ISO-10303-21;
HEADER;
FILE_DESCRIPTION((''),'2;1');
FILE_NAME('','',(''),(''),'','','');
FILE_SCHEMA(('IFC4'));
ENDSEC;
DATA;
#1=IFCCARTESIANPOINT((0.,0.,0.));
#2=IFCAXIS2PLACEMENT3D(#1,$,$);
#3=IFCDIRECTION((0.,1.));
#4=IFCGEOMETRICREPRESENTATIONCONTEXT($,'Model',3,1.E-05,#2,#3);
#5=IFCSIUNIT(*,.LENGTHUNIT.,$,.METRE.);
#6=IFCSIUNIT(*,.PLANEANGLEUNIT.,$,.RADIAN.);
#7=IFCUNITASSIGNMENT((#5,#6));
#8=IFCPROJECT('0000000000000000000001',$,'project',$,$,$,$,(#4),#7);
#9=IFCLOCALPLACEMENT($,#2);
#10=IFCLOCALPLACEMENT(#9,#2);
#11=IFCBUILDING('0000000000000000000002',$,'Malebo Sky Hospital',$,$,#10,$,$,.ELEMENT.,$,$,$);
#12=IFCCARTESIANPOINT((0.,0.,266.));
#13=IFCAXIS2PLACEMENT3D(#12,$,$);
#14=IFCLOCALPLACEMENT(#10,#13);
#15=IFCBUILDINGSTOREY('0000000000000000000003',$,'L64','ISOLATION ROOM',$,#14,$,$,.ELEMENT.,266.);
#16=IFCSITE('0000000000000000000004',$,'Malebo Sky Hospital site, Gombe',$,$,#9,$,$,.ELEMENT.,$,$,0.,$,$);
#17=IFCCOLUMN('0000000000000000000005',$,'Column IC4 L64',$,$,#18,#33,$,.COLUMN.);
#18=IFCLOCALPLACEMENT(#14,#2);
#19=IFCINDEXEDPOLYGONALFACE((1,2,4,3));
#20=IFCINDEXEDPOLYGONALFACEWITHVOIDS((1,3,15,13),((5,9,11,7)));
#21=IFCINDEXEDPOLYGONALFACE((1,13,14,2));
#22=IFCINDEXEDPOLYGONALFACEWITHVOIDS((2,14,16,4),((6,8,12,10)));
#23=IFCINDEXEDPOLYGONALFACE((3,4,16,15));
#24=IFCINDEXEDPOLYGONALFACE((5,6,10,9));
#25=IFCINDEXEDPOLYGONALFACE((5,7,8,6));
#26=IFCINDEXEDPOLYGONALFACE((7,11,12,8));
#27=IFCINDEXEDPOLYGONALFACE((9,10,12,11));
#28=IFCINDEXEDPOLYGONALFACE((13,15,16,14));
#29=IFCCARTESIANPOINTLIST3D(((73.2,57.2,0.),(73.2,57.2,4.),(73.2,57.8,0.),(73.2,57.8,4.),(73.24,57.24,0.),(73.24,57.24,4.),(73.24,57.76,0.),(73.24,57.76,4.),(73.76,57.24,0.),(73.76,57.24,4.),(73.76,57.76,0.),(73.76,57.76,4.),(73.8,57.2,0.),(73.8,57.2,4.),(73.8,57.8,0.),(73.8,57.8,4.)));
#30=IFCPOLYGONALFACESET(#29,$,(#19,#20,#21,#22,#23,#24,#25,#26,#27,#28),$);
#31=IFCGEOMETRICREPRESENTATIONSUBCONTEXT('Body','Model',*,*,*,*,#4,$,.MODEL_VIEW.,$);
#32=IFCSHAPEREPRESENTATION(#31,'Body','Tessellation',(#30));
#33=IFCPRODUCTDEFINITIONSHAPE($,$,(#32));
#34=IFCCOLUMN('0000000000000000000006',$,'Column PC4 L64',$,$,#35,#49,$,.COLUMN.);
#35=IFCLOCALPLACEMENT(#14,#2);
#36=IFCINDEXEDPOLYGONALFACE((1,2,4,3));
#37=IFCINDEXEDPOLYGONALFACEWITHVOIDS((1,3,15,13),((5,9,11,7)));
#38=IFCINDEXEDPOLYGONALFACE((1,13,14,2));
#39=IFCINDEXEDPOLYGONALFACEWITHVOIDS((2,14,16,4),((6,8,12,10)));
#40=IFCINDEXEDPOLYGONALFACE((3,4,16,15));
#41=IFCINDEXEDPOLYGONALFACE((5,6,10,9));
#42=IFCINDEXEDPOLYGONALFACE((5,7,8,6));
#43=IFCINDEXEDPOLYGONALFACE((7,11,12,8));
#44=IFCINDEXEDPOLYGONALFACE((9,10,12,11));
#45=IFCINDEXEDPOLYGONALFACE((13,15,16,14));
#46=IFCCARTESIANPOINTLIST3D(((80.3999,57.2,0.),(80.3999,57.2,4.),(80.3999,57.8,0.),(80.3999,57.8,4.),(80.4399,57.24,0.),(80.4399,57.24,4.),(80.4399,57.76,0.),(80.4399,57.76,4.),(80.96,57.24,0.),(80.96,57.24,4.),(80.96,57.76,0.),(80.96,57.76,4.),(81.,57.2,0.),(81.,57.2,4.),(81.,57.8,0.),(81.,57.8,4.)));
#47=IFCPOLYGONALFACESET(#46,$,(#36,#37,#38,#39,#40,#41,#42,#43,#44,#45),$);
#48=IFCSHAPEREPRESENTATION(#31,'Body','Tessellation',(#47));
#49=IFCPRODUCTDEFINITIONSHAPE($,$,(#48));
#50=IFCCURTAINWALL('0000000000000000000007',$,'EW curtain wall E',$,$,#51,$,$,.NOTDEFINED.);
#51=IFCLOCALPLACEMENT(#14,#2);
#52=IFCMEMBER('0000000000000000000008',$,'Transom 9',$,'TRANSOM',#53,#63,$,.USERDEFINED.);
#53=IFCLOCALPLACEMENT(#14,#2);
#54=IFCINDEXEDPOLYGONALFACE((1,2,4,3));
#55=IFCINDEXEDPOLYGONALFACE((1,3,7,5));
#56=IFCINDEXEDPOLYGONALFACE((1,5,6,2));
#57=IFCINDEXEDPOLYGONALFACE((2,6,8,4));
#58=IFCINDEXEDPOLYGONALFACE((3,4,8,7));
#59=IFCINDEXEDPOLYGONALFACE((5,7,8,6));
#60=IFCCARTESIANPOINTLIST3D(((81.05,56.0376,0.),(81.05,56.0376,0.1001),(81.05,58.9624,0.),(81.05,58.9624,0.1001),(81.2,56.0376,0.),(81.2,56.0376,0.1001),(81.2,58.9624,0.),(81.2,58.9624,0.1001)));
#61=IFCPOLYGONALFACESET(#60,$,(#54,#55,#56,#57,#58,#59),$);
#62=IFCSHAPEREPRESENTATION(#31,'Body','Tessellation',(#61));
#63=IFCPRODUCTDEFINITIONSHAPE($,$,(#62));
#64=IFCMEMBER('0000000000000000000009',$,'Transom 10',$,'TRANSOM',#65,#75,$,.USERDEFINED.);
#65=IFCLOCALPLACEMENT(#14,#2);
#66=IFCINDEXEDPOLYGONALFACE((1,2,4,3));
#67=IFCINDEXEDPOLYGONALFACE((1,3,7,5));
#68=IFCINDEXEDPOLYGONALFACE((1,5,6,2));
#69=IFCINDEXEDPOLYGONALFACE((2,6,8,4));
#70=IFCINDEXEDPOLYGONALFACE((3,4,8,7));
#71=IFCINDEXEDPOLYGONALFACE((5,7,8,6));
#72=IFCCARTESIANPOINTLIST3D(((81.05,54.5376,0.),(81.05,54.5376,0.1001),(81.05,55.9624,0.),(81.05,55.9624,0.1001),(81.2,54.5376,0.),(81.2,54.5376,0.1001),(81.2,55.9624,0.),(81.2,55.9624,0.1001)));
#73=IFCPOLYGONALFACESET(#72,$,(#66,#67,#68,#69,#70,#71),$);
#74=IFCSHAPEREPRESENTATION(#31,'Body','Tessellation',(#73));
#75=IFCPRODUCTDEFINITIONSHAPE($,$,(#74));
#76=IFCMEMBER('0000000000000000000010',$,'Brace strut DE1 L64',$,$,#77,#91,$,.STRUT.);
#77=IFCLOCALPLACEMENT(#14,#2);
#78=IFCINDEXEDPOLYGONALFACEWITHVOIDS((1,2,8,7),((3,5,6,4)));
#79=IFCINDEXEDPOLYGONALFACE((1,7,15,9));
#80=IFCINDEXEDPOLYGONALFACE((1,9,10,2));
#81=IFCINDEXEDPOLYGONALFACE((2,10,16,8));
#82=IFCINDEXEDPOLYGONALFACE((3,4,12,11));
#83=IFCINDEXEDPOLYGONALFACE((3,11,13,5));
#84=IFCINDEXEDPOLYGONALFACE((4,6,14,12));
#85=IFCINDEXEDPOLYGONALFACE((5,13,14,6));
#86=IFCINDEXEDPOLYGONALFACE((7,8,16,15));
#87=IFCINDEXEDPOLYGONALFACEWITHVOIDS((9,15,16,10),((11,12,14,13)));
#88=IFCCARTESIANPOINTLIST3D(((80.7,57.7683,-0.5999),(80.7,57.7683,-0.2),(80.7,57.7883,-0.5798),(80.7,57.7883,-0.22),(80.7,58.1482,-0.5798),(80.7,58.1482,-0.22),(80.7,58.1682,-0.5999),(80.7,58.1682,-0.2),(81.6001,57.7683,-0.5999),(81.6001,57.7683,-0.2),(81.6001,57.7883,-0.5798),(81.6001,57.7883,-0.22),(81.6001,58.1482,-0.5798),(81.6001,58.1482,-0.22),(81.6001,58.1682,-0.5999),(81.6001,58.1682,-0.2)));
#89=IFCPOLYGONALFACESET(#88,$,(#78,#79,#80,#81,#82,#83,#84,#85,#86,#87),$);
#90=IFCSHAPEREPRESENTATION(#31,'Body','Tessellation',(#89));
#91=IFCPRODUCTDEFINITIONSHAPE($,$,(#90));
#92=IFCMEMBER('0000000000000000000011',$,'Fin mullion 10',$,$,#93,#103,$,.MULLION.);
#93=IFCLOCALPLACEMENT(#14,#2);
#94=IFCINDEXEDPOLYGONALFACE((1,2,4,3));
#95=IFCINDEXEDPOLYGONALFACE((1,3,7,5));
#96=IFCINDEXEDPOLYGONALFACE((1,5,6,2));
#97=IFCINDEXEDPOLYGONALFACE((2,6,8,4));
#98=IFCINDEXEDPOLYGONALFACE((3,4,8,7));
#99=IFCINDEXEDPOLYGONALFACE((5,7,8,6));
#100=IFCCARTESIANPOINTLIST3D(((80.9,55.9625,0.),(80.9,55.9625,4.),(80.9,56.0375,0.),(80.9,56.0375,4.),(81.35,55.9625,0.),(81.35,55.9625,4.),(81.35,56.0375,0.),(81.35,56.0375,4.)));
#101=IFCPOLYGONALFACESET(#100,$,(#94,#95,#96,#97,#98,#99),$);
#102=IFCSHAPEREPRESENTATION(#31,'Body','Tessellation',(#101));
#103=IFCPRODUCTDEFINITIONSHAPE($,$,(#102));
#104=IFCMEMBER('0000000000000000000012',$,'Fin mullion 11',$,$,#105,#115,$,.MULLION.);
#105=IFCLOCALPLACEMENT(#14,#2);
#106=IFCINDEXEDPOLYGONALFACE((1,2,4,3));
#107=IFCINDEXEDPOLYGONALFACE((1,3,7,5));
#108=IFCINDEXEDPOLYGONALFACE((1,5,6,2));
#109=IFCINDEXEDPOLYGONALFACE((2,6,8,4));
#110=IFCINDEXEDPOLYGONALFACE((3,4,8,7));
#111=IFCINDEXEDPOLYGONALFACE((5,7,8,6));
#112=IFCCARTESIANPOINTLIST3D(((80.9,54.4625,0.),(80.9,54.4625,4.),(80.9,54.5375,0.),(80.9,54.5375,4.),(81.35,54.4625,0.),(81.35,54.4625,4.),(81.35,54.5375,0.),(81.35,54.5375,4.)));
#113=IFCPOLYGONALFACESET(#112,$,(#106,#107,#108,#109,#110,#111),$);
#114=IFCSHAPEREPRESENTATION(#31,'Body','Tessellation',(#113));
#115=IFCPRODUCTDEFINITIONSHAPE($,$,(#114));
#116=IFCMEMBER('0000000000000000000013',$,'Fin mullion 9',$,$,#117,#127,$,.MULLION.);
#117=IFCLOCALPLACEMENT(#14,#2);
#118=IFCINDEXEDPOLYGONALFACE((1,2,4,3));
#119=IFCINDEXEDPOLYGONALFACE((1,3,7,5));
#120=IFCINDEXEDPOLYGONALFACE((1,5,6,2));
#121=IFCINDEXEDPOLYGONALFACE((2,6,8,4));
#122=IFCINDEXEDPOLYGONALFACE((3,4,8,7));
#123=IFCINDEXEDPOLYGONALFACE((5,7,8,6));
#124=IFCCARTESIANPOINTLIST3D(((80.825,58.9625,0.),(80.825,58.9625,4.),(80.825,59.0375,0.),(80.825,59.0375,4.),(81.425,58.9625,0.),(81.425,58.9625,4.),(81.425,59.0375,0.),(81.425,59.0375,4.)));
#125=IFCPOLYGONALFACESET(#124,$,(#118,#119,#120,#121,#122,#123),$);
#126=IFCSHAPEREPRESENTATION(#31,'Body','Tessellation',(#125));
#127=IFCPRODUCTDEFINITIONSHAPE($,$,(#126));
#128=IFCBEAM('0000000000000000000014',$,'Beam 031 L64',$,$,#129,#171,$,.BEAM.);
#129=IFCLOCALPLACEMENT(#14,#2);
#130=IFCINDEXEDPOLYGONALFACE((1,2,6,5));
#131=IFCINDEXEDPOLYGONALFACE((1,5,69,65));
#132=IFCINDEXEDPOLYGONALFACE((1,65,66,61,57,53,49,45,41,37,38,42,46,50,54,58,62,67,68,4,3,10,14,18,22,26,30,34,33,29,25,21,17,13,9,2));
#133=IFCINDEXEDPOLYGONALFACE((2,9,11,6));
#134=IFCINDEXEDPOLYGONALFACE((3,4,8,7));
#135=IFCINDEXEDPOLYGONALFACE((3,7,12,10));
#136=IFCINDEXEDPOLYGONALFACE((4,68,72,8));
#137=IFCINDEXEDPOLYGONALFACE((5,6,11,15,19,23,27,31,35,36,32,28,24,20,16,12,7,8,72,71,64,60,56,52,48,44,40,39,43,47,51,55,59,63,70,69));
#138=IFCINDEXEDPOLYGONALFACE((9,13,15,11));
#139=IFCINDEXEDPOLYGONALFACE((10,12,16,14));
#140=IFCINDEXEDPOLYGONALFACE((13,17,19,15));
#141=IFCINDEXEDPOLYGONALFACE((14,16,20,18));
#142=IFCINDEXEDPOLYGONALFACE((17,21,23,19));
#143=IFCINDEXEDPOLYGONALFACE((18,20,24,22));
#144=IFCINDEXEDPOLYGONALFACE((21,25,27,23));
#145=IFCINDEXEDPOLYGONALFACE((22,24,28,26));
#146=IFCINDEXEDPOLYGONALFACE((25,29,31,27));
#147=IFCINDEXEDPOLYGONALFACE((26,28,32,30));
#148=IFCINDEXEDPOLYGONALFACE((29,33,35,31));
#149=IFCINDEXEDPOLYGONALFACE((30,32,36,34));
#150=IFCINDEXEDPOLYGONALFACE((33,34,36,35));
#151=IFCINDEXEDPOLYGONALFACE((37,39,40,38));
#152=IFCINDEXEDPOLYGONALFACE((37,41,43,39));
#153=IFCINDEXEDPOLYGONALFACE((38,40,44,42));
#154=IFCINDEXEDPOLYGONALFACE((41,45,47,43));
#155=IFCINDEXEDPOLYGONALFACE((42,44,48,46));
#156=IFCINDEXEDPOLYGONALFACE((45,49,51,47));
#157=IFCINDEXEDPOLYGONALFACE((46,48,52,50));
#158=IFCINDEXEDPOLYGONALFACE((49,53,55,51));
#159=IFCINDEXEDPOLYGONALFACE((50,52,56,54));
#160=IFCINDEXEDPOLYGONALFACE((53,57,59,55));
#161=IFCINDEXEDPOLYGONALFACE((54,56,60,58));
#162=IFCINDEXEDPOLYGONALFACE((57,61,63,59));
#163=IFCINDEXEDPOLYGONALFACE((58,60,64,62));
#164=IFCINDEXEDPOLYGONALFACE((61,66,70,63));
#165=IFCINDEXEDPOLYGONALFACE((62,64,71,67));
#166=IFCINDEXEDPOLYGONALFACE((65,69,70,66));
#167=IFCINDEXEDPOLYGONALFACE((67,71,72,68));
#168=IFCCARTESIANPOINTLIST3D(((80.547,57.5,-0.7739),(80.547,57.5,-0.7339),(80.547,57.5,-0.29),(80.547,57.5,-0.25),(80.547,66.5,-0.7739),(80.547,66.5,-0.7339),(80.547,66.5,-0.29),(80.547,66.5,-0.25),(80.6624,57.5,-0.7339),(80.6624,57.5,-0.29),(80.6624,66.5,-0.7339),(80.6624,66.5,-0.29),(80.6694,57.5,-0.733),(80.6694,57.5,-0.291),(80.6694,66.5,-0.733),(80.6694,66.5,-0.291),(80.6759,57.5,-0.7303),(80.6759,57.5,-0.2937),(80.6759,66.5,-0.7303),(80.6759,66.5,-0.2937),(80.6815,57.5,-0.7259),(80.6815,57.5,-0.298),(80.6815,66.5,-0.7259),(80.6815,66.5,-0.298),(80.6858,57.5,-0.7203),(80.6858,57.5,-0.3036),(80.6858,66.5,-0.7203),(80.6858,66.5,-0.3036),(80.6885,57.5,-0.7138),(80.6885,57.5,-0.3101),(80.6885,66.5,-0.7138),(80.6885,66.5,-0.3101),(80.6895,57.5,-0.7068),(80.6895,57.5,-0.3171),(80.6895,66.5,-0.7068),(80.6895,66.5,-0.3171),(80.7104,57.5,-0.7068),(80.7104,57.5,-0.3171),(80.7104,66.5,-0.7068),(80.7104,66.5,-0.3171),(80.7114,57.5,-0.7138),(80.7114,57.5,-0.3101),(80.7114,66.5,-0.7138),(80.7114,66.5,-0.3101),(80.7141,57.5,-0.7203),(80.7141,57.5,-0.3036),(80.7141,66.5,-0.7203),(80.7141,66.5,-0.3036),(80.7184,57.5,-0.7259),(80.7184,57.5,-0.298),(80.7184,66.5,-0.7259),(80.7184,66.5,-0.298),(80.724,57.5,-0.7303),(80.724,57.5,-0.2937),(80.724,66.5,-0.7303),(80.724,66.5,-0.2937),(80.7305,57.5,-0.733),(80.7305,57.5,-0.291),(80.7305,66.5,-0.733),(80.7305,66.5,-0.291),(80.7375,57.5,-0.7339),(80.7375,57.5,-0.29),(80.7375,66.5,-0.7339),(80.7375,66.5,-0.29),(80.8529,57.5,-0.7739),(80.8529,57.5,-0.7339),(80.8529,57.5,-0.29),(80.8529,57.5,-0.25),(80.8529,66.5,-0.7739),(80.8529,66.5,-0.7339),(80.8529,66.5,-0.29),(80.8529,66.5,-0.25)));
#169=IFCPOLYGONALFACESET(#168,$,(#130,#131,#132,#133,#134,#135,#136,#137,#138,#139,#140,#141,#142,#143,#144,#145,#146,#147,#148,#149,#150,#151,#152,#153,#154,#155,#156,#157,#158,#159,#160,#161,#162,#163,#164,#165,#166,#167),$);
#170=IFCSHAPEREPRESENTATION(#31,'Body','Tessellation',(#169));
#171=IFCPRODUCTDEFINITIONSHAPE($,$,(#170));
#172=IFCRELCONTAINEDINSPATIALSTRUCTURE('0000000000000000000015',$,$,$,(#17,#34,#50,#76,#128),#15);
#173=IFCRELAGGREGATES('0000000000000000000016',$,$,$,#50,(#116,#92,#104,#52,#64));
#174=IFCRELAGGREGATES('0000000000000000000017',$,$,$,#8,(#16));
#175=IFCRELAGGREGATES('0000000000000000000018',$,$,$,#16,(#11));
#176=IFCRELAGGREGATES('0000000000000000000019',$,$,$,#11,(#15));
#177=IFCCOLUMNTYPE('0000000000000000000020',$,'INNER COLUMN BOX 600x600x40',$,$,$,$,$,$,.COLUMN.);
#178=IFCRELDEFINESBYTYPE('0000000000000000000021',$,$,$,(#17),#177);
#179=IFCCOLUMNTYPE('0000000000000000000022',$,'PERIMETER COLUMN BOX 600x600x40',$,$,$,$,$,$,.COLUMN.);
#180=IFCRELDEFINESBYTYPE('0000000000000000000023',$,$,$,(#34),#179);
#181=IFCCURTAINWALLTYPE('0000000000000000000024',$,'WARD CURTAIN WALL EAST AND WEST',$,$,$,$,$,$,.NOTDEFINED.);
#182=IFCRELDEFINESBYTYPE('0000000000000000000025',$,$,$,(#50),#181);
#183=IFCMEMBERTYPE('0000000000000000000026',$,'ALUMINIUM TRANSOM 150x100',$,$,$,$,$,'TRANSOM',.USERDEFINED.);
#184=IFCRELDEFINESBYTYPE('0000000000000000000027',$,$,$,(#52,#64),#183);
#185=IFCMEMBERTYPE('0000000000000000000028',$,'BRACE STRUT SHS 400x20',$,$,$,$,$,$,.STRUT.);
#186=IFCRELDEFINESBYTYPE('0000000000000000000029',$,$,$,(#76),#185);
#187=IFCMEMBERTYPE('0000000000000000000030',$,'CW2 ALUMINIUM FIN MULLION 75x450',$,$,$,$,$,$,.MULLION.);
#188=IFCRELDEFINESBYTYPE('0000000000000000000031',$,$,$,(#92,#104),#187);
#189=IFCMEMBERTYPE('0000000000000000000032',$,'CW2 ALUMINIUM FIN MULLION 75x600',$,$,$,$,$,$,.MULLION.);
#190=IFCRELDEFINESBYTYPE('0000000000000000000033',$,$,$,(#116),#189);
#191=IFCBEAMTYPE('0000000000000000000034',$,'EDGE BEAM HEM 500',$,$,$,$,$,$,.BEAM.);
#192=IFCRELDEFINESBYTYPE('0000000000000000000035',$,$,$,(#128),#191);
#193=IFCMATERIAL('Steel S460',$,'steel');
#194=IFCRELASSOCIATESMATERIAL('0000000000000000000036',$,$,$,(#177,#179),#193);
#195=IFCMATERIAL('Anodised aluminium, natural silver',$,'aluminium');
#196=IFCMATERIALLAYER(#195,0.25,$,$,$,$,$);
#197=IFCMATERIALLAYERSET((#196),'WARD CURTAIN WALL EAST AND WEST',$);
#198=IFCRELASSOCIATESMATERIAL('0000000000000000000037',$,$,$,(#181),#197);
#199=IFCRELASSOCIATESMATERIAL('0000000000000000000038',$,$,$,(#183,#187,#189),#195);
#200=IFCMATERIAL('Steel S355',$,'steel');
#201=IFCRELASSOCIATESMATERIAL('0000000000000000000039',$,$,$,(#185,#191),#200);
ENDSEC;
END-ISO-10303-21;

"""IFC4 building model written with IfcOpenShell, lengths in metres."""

from ifc_helpers import new_model, si_unit, direction, frame, origin, origin_2d, place, context, subcontext, project, spatial, rectangle, hollow_rectangle, i_section, extrude, material, layer, layer_set, material_profile, profile_set, type_object, element, aggregate, save


model = new_model("IFC4")

# Units and contexts
model_context = context("Model", 3, precision=1e-05, world=origin(), true_north=direction((0.0, 1.0)))
body_context = subcontext(model_context, "Body", "Model", "MODEL_VIEW")
ifc_project = project(units=[si_unit("LENGTHUNIT", "METRE"), si_unit("PLANEANGLEUNIT", "RADIAN")], contexts=[model_context])

# Site, building, storey
site_placement = place(None, origin())
site = spatial("IfcSite", under=ifc_project, at=site_placement, Name="Malebo Sky Hospital site, Gombe", CompositionType="ELEMENT", RefElevation=0.0)
building_placement = place(site_placement, origin())
building = spatial("IfcBuilding", under=site, at=building_placement, Name="Malebo Sky Hospital", CompositionType="ELEMENT")
storey_placement = place(building_placement, frame((0.0, 0.0, 266.0)))
storey = spatial("IfcBuildingStorey", under=building, at=storey_placement, Name="L64", Description="ISOLATION ROOM", CompositionType="ELEMENT", Elevation=266.0)

# Columns
ifc_material_1 = material(Name="Steel S460", Category="steel")
ifc_material_profile_1 = material_profile(ifc_material_1, hollow_rectangle(XDim=0.6001, YDim=0.6001, WallThickness=0.04, at=origin_2d()), Name="BOX 600x600x40")
ifc_profile_set_1 = profile_set([ifc_material_profile_1], Name="Steel S460")
column_type_1 = type_object("IfcColumnType", Name="INNER COLUMN BOX 600x600x40", PredefinedType="COLUMN", material=ifc_profile_set_1)
column_1_placement = place(storey_placement, frame((73.5, 57.5, 0.0), z_axis=(0.0, 0.0, 1.0), x_axis=(1.0, 0.0, 0.0)))
element("IfcColumn", 1, at=column_1_placement, inside=storey, type_object=column_type_1, Name="Column IC4 L64", PredefinedType="COLUMN", context=body_context, shape_type="SweptSolid", body=[
    extrude(hollow_rectangle(XDim=0.6001, YDim=0.6001, WallThickness=0.04, at=origin_2d()), origin(), (0.0, 0.0, 1.0), 4.0),
])
ifc_material_profile_2 = material_profile(ifc_material_1, hollow_rectangle(XDim=0.6001, YDim=0.6001, WallThickness=0.04, at=origin_2d()), Name="BOX 600x600x40")
ifc_profile_set_2 = profile_set([ifc_material_profile_2], Name="Steel S460")
column_type_2 = type_object("IfcColumnType", Name="PERIMETER COLUMN BOX 600x600x40", PredefinedType="COLUMN", material=ifc_profile_set_2)
column_2_placement = place(storey_placement, frame((80.7, 57.5, 0.0), z_axis=(0.0, 0.0, 1.0), x_axis=(1.0, 0.0, 0.0)))
element("IfcColumn", 2, at=column_2_placement, inside=storey, type_object=column_type_2, Name="Column PC4 L64", PredefinedType="COLUMN", context=body_context, shape_type="SweptSolid", body=[
    extrude(hollow_rectangle(XDim=0.6001, YDim=0.6001, WallThickness=0.04, at=origin_2d()), origin(), (0.0, 0.0, 1.0), 4.0),
])

# Curtain wall, members
ifc_material_2 = material(Name="Anodised aluminium, natural silver", Category="aluminium")
ifc_layer_1 = layer(ifc_material_2, 0.25)
ifc_layer_set_1 = layer_set([ifc_layer_1], Name="WARD CURTAIN WALL EAST AND WEST")
curtain_wall_type = type_object("IfcCurtainWallType", Name="WARD CURTAIN WALL EAST AND WEST", PredefinedType="NOTDEFINED", material=ifc_layer_set_1)
curtain_wall_placement = place(storey_placement, origin())
curtain_wall = element("IfcCurtainWall", 3, at=curtain_wall_placement, inside=storey, type_object=curtain_wall_type, Name="EW curtain wall E", PredefinedType="NOTDEFINED")
ifc_material_profile_3 = material_profile(ifc_material_2, rectangle(XDim=0.1499, YDim=0.1001, at=origin_2d()), Name="ALUMINIUM TRANSOM 150x100")
ifc_profile_set_3 = profile_set([ifc_material_profile_3], Name="Anodised aluminium, natural silver")
member_type_1 = type_object("IfcMemberType", Name="ALUMINIUM TRANSOM 150x100", ElementType="TRANSOM", PredefinedType="USERDEFINED", material=ifc_profile_set_3)
member_1_placement = place(storey_placement, frame((81.125, 58.9624, 0.05), z_axis=(0.0, -1.0, 0.0), x_axis=(1.0, 0.0, 0.0)))
member_1 = element("IfcMember", 4, at=member_1_placement, type_object=member_type_1, Name="Transom 9", ObjectType="TRANSOM", PredefinedType="USERDEFINED", context=body_context, shape_type="SweptSolid", body=[
    extrude(rectangle(XDim=0.1499, YDim=0.1001, at=origin_2d()), origin(), (0.0, 0.0, 1.0), 2.9248),
])
member_2_placement = place(storey_placement, frame((81.125, 55.9624, 0.05), z_axis=(0.0, -1.0, 0.0), x_axis=(1.0, 0.0, 0.0)))
member_2 = element("IfcMember", 5, at=member_2_placement, type_object=member_type_1, Name="Transom 10", ObjectType="TRANSOM", PredefinedType="USERDEFINED", context=body_context, shape_type="SweptSolid", body=[
    extrude(rectangle(XDim=0.1499, YDim=0.1001, at=origin_2d()), origin(), (0.0, 0.0, 1.0), 1.4248),
])

# Members
ifc_material_3 = material(Name="Steel S355", Category="steel")
ifc_material_profile_4 = material_profile(ifc_material_3, hollow_rectangle(XDim=0.3999, YDim=0.3999, WallThickness=0.02, at=origin_2d()), Name="SHS 400x20")
ifc_profile_set_4 = profile_set([ifc_material_profile_4], Name="Steel S355")
member_type_2 = type_object("IfcMemberType", Name="BRACE STRUT SHS 400x20", PredefinedType="STRUT", material=ifc_profile_set_4)
member_3_placement = place(storey_placement, frame((81.6001, 57.9683, -0.3999), z_axis=(-1.0, 0.0, 0.0), x_axis=(0.0, -1.0, 0.0)))
element("IfcMember", 6, at=member_3_placement, inside=storey, type_object=member_type_2, Name="Brace strut DE1 L64", PredefinedType="STRUT", context=body_context, shape_type="SweptSolid", body=[
    extrude(hollow_rectangle(XDim=0.3999, YDim=0.3999, WallThickness=0.02, at=origin_2d()), origin(), (0.0, 0.0, 1.0), 0.9001),
])
ifc_material_profile_5 = material_profile(ifc_material_2, rectangle(XDim=0.075, YDim=0.45, at=origin_2d()), Name="CW2 ALUMINIUM FIN MULLION 75x450")
ifc_profile_set_5 = profile_set([ifc_material_profile_5], Name="Anodised aluminium, natural silver")
member_type_3 = type_object("IfcMemberType", Name="CW2 ALUMINIUM FIN MULLION 75x450", PredefinedType="MULLION", material=ifc_profile_set_5)
member_4_placement = place(storey_placement, frame((81.125, 56.0, 0.0), z_axis=(0.0, 0.0, 1.0), x_axis=(0.0, -1.0, 0.0)))
member_4 = element("IfcMember", 7, at=member_4_placement, type_object=member_type_3, Name="Fin mullion 10", PredefinedType="MULLION", context=body_context, shape_type="SweptSolid", body=[
    extrude(rectangle(XDim=0.075, YDim=0.45, at=origin_2d()), origin(), (0.0, 0.0, 1.0), 4.0),
])
member_5_placement = place(storey_placement, frame((81.125, 54.5, 0.0), z_axis=(0.0, 0.0, 1.0), x_axis=(0.0, -1.0, 0.0)))
member_5 = element("IfcMember", 8, at=member_5_placement, type_object=member_type_3, Name="Fin mullion 11", PredefinedType="MULLION", context=body_context, shape_type="SweptSolid", body=[
    extrude(rectangle(XDim=0.075, YDim=0.45, at=origin_2d()), origin(), (0.0, 0.0, 1.0), 4.0),
])
ifc_material_profile_6 = material_profile(ifc_material_2, rectangle(XDim=0.075, YDim=0.6001, at=origin_2d()), Name="CW2 ALUMINIUM FIN MULLION 75x600")
ifc_profile_set_6 = profile_set([ifc_material_profile_6], Name="Anodised aluminium, natural silver")
member_type_4 = type_object("IfcMemberType", Name="CW2 ALUMINIUM FIN MULLION 75x600", PredefinedType="MULLION", material=ifc_profile_set_6)
member_6_placement = place(storey_placement, frame((81.125, 59.0, 0.0), z_axis=(0.0, 0.0, 1.0), x_axis=(0.0, -1.0, 0.0)))
member_6 = element("IfcMember", 9, at=member_6_placement, type_object=member_type_4, Name="Fin mullion 9", PredefinedType="MULLION", context=body_context, shape_type="SweptSolid", body=[
    extrude(rectangle(XDim=0.075, YDim=0.6001, at=origin_2d()), origin(), (0.0, 0.0, 1.0), 4.0),
])

# Beam
ifc_material_profile_7 = material_profile(ifc_material_3, i_section(OverallWidth=0.3059, OverallDepth=0.5239, WebThickness=0.021, FlangeThickness=0.04, FilletRadius=0.0271, at=origin_2d()), Name="HEM 500")
ifc_profile_set_7 = profile_set([ifc_material_profile_7], Name="Steel S355")
beam_type_1 = type_object("IfcBeamType", Name="EDGE BEAM HEM 500", PredefinedType="BEAM", material=ifc_profile_set_7)
beam_1_placement = place(storey_placement, frame((80.7, 57.5, -0.512), z_axis=(0.0, 1.0, 0.0), x_axis=(-1.0, 0.0, 0.0)))
element("IfcBeam", 10, at=beam_1_placement, inside=storey, type_object=beam_type_1, Name="Beam 031 L64", PredefinedType="BEAM", context=body_context, shape_type="SweptSolid", body=[
    extrude(i_section(OverallWidth=0.3059, OverallDepth=0.5239, WebThickness=0.021, FlangeThickness=0.04, FilletRadius=0.0271, at=origin_2d()), origin(), (0.0, 0.0, 1.0), 9.0),
])

aggregate(curtain_wall, [member_6, member_4, member_5, member_1, member_2])

save(model, "model.ifc")
